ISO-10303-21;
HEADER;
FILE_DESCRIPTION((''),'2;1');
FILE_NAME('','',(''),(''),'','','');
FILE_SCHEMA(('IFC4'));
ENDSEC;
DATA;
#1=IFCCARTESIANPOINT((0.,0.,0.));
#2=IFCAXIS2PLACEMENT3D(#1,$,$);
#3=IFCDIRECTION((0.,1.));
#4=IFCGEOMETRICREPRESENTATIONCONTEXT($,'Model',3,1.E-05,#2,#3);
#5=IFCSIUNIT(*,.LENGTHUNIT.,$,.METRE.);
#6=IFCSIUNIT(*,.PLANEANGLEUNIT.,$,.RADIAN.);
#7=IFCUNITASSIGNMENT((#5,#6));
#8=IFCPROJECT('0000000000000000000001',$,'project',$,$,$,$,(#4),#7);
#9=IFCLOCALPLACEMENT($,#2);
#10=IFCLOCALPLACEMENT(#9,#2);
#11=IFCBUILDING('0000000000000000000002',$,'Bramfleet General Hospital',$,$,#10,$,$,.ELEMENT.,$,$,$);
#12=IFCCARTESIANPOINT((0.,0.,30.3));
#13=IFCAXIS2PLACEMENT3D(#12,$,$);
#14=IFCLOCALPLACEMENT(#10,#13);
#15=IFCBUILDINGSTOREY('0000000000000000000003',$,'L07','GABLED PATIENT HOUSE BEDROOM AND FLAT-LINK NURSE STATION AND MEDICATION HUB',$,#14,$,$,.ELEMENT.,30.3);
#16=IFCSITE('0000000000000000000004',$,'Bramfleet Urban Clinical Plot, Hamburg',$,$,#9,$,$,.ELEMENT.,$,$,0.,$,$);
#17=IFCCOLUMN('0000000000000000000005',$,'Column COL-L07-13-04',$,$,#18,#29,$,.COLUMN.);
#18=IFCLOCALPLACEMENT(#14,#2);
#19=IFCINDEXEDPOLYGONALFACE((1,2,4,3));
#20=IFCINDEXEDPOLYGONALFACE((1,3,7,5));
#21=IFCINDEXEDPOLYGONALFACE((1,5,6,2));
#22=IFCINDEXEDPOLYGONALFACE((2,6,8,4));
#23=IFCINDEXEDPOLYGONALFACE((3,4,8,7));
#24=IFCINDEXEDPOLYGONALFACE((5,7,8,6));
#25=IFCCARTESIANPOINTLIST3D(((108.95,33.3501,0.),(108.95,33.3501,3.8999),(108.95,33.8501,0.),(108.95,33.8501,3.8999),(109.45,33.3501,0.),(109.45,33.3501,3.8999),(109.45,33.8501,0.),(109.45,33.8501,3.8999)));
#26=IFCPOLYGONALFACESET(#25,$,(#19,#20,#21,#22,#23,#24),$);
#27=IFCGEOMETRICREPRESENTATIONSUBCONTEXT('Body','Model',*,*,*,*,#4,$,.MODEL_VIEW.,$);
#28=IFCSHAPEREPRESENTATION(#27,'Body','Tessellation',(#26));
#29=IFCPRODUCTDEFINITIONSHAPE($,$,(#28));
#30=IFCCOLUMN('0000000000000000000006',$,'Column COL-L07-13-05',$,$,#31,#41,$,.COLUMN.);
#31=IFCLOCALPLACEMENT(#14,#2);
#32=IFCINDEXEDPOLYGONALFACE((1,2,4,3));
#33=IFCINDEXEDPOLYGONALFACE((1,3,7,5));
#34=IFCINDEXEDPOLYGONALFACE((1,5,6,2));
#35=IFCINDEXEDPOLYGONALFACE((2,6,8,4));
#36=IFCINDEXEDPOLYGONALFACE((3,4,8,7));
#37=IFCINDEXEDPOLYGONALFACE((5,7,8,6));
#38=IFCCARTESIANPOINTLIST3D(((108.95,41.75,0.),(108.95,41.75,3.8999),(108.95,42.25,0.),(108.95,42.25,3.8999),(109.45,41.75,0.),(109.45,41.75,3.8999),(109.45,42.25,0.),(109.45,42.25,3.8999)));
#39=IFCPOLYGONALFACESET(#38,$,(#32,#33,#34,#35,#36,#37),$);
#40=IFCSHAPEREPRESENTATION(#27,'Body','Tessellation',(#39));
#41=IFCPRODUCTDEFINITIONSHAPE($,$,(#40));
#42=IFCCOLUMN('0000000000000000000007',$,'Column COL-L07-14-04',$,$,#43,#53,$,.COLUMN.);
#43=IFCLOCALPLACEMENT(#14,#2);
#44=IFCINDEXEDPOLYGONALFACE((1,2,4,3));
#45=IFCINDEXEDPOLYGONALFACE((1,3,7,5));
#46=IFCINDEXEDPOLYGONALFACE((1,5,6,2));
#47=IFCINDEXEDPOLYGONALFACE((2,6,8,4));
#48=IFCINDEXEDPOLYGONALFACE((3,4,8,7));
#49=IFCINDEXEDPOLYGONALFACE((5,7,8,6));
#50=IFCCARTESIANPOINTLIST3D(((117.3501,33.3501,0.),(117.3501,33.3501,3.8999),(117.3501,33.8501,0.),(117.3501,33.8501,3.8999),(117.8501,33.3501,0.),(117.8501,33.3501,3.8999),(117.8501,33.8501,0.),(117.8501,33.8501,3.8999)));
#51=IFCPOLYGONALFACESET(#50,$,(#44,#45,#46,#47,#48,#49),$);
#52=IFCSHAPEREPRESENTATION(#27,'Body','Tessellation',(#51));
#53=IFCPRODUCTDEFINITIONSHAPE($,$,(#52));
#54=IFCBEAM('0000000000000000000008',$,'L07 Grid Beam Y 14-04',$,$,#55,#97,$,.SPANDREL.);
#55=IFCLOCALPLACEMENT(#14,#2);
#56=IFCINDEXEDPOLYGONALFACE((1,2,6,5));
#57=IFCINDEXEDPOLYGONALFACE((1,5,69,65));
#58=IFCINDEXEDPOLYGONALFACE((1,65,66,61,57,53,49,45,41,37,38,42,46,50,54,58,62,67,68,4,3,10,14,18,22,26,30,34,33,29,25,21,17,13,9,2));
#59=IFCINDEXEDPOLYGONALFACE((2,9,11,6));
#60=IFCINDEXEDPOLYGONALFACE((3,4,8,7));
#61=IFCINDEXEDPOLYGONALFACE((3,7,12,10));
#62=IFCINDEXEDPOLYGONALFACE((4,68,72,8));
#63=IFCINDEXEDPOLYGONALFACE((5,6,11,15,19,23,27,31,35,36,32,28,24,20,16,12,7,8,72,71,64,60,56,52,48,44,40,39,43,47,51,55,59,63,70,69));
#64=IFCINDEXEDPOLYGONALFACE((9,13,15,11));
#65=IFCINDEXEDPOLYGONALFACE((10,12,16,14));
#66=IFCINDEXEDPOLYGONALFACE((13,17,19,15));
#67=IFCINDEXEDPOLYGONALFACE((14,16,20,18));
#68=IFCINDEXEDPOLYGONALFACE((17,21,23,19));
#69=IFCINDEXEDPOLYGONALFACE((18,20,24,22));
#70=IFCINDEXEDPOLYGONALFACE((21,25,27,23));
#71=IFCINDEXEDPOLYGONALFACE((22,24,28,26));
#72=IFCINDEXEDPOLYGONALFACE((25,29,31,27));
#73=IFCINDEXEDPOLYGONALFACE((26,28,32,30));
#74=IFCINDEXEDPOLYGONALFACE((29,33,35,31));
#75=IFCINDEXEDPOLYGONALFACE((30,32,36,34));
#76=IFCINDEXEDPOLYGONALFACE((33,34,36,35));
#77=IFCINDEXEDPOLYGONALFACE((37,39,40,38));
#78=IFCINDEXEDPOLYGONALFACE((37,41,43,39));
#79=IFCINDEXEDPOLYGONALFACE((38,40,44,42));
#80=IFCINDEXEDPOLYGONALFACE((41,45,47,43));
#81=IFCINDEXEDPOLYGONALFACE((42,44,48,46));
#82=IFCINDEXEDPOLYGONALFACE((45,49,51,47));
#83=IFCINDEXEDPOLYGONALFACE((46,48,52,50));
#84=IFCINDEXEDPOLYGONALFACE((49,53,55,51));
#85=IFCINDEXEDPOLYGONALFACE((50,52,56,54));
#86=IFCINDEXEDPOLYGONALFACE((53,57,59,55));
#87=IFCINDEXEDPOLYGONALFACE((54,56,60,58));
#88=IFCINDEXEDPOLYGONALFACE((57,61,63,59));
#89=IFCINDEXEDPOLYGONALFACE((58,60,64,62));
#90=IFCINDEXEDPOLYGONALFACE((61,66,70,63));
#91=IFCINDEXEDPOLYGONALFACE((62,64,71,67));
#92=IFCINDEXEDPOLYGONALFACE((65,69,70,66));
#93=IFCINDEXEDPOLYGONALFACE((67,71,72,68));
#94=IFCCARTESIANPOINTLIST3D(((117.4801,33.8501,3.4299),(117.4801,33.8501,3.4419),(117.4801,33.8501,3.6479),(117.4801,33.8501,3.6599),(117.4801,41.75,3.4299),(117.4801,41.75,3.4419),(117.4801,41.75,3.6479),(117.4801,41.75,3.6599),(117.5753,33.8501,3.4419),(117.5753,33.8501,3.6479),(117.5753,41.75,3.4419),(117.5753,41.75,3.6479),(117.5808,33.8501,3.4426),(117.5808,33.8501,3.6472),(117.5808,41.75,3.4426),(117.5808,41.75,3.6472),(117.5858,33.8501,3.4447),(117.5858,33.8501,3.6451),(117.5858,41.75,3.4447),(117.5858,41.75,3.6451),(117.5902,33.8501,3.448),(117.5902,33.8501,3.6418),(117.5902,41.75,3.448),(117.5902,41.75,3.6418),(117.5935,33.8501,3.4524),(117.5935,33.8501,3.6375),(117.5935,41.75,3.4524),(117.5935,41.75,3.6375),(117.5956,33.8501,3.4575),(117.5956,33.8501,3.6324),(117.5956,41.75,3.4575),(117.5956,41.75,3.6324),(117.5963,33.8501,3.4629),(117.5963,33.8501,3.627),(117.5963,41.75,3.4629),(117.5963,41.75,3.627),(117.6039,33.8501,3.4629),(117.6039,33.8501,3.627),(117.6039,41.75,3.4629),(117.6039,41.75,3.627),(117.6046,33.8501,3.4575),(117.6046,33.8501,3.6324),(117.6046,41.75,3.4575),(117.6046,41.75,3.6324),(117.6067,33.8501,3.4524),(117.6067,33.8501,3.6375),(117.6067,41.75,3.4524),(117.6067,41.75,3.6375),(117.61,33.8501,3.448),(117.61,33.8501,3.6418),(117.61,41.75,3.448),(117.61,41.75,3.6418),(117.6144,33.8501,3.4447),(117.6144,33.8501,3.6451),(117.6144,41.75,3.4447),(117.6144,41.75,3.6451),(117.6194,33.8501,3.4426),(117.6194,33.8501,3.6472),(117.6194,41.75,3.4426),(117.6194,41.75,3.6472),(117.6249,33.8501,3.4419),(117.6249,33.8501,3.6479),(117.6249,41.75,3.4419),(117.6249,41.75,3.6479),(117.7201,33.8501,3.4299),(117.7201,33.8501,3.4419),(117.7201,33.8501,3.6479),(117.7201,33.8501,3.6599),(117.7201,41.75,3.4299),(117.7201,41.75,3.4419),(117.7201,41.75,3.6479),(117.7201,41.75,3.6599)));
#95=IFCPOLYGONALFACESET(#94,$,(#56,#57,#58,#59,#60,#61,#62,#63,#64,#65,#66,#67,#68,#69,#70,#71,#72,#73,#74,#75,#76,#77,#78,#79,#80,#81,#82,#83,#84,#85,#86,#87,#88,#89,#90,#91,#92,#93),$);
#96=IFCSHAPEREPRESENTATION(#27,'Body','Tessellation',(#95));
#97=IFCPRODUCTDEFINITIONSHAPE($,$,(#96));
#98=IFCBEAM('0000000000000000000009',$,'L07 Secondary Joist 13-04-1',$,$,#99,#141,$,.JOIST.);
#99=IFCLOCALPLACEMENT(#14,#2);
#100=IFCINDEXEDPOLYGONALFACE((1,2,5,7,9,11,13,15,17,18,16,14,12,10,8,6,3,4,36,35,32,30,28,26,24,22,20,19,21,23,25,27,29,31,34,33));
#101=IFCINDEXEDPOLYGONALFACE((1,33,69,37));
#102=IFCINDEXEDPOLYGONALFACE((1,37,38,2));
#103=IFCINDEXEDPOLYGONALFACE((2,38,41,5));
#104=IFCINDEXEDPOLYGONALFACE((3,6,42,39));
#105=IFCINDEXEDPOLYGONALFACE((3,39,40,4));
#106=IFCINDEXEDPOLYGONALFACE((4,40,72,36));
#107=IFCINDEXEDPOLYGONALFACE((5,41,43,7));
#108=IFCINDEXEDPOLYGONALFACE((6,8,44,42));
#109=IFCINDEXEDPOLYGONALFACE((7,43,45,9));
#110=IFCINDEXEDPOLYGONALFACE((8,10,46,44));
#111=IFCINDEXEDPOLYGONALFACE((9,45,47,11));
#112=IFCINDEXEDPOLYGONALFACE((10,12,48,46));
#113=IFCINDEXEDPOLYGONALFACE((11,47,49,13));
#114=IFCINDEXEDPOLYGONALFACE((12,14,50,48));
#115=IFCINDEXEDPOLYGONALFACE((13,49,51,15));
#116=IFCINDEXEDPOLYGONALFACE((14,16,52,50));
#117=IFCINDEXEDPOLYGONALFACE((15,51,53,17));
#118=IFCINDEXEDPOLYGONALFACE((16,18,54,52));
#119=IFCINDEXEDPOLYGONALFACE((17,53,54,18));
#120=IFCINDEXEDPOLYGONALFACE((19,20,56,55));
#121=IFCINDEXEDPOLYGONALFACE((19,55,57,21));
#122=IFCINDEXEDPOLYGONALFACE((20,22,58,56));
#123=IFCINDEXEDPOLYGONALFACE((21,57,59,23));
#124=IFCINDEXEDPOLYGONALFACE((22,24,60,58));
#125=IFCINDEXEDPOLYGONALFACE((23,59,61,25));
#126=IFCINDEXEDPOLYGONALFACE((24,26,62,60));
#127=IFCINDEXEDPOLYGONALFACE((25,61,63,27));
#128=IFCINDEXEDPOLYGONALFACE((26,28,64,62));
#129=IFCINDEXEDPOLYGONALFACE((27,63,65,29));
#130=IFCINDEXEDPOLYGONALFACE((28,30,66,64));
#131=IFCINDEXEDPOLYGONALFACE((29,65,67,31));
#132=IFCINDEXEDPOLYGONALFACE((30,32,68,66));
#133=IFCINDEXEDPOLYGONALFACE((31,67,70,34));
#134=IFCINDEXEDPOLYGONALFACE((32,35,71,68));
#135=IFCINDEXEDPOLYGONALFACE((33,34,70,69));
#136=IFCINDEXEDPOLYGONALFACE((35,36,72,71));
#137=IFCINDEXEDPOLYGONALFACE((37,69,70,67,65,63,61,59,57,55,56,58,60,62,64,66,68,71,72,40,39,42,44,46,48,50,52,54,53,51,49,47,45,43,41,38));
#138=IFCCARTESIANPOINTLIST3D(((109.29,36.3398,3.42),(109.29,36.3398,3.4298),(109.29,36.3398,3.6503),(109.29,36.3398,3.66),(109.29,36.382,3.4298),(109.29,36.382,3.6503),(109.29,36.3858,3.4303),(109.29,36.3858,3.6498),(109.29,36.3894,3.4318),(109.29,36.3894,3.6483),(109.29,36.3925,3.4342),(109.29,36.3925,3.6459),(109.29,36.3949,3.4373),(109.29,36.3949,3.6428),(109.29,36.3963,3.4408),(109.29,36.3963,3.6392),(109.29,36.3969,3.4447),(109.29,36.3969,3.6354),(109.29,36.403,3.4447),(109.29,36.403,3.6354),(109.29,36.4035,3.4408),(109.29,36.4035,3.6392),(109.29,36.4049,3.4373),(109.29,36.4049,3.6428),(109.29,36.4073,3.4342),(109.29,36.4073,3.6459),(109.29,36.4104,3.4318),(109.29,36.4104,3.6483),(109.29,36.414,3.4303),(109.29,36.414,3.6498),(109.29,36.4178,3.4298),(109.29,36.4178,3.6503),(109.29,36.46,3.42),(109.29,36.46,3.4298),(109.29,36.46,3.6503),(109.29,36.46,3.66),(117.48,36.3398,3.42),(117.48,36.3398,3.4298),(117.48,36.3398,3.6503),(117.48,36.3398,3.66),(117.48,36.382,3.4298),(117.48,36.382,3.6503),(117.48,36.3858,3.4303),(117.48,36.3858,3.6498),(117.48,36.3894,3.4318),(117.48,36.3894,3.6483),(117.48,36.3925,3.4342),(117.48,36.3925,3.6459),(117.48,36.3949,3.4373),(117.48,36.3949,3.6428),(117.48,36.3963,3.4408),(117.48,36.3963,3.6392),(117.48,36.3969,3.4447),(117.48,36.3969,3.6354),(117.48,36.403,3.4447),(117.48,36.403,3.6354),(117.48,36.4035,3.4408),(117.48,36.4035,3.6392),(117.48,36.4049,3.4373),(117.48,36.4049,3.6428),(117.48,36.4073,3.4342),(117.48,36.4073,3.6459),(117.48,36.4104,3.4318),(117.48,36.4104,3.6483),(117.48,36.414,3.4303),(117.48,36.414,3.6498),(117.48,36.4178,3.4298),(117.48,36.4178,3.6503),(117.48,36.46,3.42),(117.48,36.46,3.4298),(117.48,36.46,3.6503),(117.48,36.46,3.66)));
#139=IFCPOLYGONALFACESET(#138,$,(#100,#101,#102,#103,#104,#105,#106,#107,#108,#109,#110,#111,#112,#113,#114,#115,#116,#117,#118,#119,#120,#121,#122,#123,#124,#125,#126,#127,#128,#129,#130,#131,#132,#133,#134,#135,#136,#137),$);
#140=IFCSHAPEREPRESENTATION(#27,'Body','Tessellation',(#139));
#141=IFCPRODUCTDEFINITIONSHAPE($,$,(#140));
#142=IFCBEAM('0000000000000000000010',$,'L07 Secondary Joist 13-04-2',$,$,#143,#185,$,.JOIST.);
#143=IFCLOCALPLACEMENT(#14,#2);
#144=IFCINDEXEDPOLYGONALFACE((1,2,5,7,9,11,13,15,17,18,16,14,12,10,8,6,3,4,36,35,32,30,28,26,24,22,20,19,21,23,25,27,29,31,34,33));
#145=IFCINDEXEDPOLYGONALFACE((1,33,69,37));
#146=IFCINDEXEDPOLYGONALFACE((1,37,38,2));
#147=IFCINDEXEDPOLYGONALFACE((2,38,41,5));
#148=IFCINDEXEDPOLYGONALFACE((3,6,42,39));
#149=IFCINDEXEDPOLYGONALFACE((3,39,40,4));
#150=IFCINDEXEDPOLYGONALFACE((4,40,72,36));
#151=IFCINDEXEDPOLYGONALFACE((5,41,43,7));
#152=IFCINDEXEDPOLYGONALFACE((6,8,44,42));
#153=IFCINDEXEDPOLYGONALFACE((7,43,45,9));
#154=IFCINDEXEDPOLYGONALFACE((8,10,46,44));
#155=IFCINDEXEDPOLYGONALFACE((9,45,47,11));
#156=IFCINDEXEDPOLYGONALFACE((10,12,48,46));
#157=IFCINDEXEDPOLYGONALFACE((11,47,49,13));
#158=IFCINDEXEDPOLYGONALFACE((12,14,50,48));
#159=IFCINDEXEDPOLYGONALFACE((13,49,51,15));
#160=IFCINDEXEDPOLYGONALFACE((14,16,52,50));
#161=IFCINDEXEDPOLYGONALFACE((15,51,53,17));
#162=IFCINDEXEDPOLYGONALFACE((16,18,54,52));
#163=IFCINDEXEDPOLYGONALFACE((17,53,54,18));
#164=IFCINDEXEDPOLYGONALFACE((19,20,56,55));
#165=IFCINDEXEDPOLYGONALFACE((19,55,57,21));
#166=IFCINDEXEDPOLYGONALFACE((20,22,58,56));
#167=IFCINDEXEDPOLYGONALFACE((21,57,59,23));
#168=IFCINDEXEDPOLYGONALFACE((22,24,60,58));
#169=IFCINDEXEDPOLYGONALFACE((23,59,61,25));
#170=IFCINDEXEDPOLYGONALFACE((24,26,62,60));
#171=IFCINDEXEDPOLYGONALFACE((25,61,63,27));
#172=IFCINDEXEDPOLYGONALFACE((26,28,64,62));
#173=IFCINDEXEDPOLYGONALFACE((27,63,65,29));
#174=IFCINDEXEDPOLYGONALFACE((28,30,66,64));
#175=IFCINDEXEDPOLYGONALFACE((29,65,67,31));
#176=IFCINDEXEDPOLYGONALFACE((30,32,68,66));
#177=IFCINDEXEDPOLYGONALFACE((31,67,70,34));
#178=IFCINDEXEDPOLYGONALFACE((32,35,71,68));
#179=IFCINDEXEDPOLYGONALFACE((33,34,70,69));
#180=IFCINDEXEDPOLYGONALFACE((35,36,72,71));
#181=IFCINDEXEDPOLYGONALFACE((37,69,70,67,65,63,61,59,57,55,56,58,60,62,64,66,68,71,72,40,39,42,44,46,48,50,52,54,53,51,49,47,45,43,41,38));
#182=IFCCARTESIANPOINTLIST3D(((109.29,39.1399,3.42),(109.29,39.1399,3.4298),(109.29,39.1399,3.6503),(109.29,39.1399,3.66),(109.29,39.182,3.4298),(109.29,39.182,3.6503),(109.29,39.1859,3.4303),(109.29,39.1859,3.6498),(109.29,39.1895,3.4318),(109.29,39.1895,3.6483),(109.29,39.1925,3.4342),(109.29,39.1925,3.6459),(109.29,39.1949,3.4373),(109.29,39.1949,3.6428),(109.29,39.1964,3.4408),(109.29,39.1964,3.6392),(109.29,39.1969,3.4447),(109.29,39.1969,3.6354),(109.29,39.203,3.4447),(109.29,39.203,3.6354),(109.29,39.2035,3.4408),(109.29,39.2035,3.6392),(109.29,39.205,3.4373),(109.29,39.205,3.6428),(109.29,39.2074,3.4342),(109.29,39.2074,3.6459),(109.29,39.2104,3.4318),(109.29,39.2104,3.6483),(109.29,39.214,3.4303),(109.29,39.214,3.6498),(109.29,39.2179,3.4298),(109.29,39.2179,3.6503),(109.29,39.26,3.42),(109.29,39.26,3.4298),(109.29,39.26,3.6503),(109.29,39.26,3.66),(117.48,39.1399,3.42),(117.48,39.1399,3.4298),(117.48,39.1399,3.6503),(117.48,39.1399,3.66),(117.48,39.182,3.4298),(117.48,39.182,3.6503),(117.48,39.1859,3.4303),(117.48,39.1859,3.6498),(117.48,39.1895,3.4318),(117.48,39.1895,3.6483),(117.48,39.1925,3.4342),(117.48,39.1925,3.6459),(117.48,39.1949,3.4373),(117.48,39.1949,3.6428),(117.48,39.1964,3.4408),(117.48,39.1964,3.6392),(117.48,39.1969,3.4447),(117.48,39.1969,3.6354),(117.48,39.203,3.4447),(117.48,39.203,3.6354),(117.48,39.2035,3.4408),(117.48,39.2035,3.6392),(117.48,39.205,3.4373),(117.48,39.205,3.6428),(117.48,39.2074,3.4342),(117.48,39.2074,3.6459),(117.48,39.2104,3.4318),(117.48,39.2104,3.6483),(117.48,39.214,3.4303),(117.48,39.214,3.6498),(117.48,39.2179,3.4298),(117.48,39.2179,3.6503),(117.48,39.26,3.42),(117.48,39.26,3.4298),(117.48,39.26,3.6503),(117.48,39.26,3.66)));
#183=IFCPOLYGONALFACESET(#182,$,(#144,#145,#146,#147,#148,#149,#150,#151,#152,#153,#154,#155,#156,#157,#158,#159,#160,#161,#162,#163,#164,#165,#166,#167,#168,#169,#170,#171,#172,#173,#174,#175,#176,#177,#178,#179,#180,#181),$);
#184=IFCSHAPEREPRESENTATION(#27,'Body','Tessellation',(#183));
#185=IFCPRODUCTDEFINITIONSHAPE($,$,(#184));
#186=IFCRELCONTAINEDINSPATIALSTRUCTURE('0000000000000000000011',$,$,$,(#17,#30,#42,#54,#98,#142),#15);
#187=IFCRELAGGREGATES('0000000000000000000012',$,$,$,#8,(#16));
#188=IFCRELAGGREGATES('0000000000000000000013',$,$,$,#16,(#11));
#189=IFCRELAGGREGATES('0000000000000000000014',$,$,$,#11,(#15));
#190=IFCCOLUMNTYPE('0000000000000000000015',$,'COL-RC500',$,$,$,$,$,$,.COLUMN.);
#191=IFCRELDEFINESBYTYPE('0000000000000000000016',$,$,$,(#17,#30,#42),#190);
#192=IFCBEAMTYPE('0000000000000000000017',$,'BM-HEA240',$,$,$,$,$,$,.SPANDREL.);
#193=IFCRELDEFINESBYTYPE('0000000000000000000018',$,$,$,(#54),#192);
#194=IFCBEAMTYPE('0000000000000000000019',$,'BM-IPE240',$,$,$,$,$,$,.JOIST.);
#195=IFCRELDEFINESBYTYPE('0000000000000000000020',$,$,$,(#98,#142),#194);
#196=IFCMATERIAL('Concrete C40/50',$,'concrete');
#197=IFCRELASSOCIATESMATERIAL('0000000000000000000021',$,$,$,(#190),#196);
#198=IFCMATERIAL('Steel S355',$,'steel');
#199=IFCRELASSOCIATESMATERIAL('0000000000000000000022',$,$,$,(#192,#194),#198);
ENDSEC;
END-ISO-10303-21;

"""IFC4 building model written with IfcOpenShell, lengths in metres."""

from ifc_helpers import new_model, si_unit, direction, frame, origin, origin_2d, place, context, subcontext, project, spatial, rectangle, i_section, extrude, material, material_profile, profile_set, type_object, element, save


model = new_model("IFC4")

# Units and contexts
model_context = context("Model", 3, precision=1e-05, world=origin(), true_north=direction((0.0, 1.0)))
body_context = subcontext(model_context, "Body", "Model", "MODEL_VIEW")
ifc_project = project(units=[si_unit("LENGTHUNIT", "METRE"), si_unit("PLANEANGLEUNIT", "RADIAN")], contexts=[model_context])

# Site, building, storey
site_placement = place(None, origin())
site = spatial("IfcSite", under=ifc_project, at=site_placement, Name="Bramfleet Urban Clinical Plot, Hamburg", CompositionType="ELEMENT", RefElevation=0.0)
building_placement = place(site_placement, origin())
building = spatial("IfcBuilding", under=site, at=building_placement, Name="Bramfleet General Hospital", CompositionType="ELEMENT")
storey_placement = place(building_placement, frame((0.0, 0.0, 30.3)))
storey = spatial("IfcBuildingStorey", under=building, at=storey_placement, Name="L07", Description="GABLED PATIENT HOUSE BEDROOM AND FLAT-LINK NURSE STATION AND MEDICATION HUB", CompositionType="ELEMENT", Elevation=30.3)

# Columns
ifc_material_1 = material(Name="Concrete C40/50", Category="concrete")
ifc_material_profile_1 = material_profile(ifc_material_1, rectangle(XDim=0.5, YDim=0.5, at=origin_2d()), Name="RC COL 500x500")
ifc_profile_set_1 = profile_set([ifc_material_profile_1], Name="Concrete C40/50")
column_type = type_object("IfcColumnType", Name="COL-RC500", PredefinedType="COLUMN", material=ifc_profile_set_1)
for number, where, z_axis, x_axis, name in (
    (1, (109.2, 33.6001, 0.0), (0.0, 0.0, 1.0), (1.0, 0.0, 0.0), "Column COL-L07-13-04"),
    (2, (109.2, 42.0, 0.0), (0.0, 0.0, 1.0), (1.0, 0.0, 0.0), "Column COL-L07-13-05"),
    (3, (117.6001, 33.6001, 0.0), (0.0, 0.0, 1.0), (1.0, 0.0, 0.0), "Column COL-L07-14-04"),
):
    element("IfcColumn", number, at=place(storey_placement, frame(where, z_axis=z_axis, x_axis=x_axis)), inside=storey, type_object=column_type, Name=name, PredefinedType="COLUMN", context=body_context, shape_type="SweptSolid", body=[
        extrude(rectangle(XDim=0.5, YDim=0.5, at=origin_2d()), origin(), (0.0, 0.0, 1.0), 3.8999),
    ])

# Beams
ifc_material_2 = material(Name="Steel S355", Category="steel")
ifc_material_profile_2 = material_profile(ifc_material_2, i_section(OverallWidth=0.24, OverallDepth=0.23, WebThickness=0.0076, FlangeThickness=0.012, FilletRadius=0.021, at=origin_2d()), Name="HEA 240")
ifc_profile_set_2 = profile_set([ifc_material_profile_2], Name="Steel S355")
beam_type_1 = type_object("IfcBeamType", Name="BM-HEA240", PredefinedType="SPANDREL", material=ifc_profile_set_2)
beam_1_placement = place(storey_placement, frame((117.6001, 33.8501, 3.5449), z_axis=(0.0, 1.0, 0.0), x_axis=(-1.0, 0.0, 0.0)))
element("IfcBeam", 4, at=beam_1_placement, inside=storey, type_object=beam_type_1, Name="L07 Grid Beam Y 14-04", PredefinedType="SPANDREL", context=body_context, shape_type="SweptSolid", body=[
    extrude(i_section(OverallWidth=0.24, OverallDepth=0.23, WebThickness=0.0076, FlangeThickness=0.012, FilletRadius=0.021, at=origin_2d()), origin(), (0.0, 0.0, 1.0), 7.8999),
])
ifc_material_profile_3 = material_profile(ifc_material_2, i_section(OverallWidth=0.1201, OverallDepth=0.24, WebThickness=0.0061, FlangeThickness=0.0098, FilletRadius=0.0149, at=origin_2d()), Name="IPE 240")
ifc_profile_set_3 = profile_set([ifc_material_profile_3], Name="Steel S355")
beam_type_2 = type_object("IfcBeamType", Name="BM-IPE240", PredefinedType="JOIST", material=ifc_profile_set_3)
for number, where, z_axis, x_axis, name in (
    (5, (109.29, 36.3999, 3.54), (1.0, 0.0, 0.0), (0.0, 1.0, 0.0), "L07 Secondary Joist 13-04-1"),
    (6, (109.29, 39.2, 3.54), (1.0, 0.0, 0.0), (0.0, 1.0, 0.0), "L07 Secondary Joist 13-04-2"),
):
    element("IfcBeam", number, at=place(storey_placement, frame(where, z_axis=z_axis, x_axis=x_axis)), inside=storey, type_object=beam_type_2, Name=name, PredefinedType="JOIST", context=body_context, shape_type="SweptSolid", body=[
        extrude(i_section(OverallWidth=0.1201, OverallDepth=0.24, WebThickness=0.0061, FlangeThickness=0.0098, FilletRadius=0.0149, at=origin_2d()), origin(), (0.0, 0.0, 1.0), 8.1899),
    ])

save(model, "model.ifc")
